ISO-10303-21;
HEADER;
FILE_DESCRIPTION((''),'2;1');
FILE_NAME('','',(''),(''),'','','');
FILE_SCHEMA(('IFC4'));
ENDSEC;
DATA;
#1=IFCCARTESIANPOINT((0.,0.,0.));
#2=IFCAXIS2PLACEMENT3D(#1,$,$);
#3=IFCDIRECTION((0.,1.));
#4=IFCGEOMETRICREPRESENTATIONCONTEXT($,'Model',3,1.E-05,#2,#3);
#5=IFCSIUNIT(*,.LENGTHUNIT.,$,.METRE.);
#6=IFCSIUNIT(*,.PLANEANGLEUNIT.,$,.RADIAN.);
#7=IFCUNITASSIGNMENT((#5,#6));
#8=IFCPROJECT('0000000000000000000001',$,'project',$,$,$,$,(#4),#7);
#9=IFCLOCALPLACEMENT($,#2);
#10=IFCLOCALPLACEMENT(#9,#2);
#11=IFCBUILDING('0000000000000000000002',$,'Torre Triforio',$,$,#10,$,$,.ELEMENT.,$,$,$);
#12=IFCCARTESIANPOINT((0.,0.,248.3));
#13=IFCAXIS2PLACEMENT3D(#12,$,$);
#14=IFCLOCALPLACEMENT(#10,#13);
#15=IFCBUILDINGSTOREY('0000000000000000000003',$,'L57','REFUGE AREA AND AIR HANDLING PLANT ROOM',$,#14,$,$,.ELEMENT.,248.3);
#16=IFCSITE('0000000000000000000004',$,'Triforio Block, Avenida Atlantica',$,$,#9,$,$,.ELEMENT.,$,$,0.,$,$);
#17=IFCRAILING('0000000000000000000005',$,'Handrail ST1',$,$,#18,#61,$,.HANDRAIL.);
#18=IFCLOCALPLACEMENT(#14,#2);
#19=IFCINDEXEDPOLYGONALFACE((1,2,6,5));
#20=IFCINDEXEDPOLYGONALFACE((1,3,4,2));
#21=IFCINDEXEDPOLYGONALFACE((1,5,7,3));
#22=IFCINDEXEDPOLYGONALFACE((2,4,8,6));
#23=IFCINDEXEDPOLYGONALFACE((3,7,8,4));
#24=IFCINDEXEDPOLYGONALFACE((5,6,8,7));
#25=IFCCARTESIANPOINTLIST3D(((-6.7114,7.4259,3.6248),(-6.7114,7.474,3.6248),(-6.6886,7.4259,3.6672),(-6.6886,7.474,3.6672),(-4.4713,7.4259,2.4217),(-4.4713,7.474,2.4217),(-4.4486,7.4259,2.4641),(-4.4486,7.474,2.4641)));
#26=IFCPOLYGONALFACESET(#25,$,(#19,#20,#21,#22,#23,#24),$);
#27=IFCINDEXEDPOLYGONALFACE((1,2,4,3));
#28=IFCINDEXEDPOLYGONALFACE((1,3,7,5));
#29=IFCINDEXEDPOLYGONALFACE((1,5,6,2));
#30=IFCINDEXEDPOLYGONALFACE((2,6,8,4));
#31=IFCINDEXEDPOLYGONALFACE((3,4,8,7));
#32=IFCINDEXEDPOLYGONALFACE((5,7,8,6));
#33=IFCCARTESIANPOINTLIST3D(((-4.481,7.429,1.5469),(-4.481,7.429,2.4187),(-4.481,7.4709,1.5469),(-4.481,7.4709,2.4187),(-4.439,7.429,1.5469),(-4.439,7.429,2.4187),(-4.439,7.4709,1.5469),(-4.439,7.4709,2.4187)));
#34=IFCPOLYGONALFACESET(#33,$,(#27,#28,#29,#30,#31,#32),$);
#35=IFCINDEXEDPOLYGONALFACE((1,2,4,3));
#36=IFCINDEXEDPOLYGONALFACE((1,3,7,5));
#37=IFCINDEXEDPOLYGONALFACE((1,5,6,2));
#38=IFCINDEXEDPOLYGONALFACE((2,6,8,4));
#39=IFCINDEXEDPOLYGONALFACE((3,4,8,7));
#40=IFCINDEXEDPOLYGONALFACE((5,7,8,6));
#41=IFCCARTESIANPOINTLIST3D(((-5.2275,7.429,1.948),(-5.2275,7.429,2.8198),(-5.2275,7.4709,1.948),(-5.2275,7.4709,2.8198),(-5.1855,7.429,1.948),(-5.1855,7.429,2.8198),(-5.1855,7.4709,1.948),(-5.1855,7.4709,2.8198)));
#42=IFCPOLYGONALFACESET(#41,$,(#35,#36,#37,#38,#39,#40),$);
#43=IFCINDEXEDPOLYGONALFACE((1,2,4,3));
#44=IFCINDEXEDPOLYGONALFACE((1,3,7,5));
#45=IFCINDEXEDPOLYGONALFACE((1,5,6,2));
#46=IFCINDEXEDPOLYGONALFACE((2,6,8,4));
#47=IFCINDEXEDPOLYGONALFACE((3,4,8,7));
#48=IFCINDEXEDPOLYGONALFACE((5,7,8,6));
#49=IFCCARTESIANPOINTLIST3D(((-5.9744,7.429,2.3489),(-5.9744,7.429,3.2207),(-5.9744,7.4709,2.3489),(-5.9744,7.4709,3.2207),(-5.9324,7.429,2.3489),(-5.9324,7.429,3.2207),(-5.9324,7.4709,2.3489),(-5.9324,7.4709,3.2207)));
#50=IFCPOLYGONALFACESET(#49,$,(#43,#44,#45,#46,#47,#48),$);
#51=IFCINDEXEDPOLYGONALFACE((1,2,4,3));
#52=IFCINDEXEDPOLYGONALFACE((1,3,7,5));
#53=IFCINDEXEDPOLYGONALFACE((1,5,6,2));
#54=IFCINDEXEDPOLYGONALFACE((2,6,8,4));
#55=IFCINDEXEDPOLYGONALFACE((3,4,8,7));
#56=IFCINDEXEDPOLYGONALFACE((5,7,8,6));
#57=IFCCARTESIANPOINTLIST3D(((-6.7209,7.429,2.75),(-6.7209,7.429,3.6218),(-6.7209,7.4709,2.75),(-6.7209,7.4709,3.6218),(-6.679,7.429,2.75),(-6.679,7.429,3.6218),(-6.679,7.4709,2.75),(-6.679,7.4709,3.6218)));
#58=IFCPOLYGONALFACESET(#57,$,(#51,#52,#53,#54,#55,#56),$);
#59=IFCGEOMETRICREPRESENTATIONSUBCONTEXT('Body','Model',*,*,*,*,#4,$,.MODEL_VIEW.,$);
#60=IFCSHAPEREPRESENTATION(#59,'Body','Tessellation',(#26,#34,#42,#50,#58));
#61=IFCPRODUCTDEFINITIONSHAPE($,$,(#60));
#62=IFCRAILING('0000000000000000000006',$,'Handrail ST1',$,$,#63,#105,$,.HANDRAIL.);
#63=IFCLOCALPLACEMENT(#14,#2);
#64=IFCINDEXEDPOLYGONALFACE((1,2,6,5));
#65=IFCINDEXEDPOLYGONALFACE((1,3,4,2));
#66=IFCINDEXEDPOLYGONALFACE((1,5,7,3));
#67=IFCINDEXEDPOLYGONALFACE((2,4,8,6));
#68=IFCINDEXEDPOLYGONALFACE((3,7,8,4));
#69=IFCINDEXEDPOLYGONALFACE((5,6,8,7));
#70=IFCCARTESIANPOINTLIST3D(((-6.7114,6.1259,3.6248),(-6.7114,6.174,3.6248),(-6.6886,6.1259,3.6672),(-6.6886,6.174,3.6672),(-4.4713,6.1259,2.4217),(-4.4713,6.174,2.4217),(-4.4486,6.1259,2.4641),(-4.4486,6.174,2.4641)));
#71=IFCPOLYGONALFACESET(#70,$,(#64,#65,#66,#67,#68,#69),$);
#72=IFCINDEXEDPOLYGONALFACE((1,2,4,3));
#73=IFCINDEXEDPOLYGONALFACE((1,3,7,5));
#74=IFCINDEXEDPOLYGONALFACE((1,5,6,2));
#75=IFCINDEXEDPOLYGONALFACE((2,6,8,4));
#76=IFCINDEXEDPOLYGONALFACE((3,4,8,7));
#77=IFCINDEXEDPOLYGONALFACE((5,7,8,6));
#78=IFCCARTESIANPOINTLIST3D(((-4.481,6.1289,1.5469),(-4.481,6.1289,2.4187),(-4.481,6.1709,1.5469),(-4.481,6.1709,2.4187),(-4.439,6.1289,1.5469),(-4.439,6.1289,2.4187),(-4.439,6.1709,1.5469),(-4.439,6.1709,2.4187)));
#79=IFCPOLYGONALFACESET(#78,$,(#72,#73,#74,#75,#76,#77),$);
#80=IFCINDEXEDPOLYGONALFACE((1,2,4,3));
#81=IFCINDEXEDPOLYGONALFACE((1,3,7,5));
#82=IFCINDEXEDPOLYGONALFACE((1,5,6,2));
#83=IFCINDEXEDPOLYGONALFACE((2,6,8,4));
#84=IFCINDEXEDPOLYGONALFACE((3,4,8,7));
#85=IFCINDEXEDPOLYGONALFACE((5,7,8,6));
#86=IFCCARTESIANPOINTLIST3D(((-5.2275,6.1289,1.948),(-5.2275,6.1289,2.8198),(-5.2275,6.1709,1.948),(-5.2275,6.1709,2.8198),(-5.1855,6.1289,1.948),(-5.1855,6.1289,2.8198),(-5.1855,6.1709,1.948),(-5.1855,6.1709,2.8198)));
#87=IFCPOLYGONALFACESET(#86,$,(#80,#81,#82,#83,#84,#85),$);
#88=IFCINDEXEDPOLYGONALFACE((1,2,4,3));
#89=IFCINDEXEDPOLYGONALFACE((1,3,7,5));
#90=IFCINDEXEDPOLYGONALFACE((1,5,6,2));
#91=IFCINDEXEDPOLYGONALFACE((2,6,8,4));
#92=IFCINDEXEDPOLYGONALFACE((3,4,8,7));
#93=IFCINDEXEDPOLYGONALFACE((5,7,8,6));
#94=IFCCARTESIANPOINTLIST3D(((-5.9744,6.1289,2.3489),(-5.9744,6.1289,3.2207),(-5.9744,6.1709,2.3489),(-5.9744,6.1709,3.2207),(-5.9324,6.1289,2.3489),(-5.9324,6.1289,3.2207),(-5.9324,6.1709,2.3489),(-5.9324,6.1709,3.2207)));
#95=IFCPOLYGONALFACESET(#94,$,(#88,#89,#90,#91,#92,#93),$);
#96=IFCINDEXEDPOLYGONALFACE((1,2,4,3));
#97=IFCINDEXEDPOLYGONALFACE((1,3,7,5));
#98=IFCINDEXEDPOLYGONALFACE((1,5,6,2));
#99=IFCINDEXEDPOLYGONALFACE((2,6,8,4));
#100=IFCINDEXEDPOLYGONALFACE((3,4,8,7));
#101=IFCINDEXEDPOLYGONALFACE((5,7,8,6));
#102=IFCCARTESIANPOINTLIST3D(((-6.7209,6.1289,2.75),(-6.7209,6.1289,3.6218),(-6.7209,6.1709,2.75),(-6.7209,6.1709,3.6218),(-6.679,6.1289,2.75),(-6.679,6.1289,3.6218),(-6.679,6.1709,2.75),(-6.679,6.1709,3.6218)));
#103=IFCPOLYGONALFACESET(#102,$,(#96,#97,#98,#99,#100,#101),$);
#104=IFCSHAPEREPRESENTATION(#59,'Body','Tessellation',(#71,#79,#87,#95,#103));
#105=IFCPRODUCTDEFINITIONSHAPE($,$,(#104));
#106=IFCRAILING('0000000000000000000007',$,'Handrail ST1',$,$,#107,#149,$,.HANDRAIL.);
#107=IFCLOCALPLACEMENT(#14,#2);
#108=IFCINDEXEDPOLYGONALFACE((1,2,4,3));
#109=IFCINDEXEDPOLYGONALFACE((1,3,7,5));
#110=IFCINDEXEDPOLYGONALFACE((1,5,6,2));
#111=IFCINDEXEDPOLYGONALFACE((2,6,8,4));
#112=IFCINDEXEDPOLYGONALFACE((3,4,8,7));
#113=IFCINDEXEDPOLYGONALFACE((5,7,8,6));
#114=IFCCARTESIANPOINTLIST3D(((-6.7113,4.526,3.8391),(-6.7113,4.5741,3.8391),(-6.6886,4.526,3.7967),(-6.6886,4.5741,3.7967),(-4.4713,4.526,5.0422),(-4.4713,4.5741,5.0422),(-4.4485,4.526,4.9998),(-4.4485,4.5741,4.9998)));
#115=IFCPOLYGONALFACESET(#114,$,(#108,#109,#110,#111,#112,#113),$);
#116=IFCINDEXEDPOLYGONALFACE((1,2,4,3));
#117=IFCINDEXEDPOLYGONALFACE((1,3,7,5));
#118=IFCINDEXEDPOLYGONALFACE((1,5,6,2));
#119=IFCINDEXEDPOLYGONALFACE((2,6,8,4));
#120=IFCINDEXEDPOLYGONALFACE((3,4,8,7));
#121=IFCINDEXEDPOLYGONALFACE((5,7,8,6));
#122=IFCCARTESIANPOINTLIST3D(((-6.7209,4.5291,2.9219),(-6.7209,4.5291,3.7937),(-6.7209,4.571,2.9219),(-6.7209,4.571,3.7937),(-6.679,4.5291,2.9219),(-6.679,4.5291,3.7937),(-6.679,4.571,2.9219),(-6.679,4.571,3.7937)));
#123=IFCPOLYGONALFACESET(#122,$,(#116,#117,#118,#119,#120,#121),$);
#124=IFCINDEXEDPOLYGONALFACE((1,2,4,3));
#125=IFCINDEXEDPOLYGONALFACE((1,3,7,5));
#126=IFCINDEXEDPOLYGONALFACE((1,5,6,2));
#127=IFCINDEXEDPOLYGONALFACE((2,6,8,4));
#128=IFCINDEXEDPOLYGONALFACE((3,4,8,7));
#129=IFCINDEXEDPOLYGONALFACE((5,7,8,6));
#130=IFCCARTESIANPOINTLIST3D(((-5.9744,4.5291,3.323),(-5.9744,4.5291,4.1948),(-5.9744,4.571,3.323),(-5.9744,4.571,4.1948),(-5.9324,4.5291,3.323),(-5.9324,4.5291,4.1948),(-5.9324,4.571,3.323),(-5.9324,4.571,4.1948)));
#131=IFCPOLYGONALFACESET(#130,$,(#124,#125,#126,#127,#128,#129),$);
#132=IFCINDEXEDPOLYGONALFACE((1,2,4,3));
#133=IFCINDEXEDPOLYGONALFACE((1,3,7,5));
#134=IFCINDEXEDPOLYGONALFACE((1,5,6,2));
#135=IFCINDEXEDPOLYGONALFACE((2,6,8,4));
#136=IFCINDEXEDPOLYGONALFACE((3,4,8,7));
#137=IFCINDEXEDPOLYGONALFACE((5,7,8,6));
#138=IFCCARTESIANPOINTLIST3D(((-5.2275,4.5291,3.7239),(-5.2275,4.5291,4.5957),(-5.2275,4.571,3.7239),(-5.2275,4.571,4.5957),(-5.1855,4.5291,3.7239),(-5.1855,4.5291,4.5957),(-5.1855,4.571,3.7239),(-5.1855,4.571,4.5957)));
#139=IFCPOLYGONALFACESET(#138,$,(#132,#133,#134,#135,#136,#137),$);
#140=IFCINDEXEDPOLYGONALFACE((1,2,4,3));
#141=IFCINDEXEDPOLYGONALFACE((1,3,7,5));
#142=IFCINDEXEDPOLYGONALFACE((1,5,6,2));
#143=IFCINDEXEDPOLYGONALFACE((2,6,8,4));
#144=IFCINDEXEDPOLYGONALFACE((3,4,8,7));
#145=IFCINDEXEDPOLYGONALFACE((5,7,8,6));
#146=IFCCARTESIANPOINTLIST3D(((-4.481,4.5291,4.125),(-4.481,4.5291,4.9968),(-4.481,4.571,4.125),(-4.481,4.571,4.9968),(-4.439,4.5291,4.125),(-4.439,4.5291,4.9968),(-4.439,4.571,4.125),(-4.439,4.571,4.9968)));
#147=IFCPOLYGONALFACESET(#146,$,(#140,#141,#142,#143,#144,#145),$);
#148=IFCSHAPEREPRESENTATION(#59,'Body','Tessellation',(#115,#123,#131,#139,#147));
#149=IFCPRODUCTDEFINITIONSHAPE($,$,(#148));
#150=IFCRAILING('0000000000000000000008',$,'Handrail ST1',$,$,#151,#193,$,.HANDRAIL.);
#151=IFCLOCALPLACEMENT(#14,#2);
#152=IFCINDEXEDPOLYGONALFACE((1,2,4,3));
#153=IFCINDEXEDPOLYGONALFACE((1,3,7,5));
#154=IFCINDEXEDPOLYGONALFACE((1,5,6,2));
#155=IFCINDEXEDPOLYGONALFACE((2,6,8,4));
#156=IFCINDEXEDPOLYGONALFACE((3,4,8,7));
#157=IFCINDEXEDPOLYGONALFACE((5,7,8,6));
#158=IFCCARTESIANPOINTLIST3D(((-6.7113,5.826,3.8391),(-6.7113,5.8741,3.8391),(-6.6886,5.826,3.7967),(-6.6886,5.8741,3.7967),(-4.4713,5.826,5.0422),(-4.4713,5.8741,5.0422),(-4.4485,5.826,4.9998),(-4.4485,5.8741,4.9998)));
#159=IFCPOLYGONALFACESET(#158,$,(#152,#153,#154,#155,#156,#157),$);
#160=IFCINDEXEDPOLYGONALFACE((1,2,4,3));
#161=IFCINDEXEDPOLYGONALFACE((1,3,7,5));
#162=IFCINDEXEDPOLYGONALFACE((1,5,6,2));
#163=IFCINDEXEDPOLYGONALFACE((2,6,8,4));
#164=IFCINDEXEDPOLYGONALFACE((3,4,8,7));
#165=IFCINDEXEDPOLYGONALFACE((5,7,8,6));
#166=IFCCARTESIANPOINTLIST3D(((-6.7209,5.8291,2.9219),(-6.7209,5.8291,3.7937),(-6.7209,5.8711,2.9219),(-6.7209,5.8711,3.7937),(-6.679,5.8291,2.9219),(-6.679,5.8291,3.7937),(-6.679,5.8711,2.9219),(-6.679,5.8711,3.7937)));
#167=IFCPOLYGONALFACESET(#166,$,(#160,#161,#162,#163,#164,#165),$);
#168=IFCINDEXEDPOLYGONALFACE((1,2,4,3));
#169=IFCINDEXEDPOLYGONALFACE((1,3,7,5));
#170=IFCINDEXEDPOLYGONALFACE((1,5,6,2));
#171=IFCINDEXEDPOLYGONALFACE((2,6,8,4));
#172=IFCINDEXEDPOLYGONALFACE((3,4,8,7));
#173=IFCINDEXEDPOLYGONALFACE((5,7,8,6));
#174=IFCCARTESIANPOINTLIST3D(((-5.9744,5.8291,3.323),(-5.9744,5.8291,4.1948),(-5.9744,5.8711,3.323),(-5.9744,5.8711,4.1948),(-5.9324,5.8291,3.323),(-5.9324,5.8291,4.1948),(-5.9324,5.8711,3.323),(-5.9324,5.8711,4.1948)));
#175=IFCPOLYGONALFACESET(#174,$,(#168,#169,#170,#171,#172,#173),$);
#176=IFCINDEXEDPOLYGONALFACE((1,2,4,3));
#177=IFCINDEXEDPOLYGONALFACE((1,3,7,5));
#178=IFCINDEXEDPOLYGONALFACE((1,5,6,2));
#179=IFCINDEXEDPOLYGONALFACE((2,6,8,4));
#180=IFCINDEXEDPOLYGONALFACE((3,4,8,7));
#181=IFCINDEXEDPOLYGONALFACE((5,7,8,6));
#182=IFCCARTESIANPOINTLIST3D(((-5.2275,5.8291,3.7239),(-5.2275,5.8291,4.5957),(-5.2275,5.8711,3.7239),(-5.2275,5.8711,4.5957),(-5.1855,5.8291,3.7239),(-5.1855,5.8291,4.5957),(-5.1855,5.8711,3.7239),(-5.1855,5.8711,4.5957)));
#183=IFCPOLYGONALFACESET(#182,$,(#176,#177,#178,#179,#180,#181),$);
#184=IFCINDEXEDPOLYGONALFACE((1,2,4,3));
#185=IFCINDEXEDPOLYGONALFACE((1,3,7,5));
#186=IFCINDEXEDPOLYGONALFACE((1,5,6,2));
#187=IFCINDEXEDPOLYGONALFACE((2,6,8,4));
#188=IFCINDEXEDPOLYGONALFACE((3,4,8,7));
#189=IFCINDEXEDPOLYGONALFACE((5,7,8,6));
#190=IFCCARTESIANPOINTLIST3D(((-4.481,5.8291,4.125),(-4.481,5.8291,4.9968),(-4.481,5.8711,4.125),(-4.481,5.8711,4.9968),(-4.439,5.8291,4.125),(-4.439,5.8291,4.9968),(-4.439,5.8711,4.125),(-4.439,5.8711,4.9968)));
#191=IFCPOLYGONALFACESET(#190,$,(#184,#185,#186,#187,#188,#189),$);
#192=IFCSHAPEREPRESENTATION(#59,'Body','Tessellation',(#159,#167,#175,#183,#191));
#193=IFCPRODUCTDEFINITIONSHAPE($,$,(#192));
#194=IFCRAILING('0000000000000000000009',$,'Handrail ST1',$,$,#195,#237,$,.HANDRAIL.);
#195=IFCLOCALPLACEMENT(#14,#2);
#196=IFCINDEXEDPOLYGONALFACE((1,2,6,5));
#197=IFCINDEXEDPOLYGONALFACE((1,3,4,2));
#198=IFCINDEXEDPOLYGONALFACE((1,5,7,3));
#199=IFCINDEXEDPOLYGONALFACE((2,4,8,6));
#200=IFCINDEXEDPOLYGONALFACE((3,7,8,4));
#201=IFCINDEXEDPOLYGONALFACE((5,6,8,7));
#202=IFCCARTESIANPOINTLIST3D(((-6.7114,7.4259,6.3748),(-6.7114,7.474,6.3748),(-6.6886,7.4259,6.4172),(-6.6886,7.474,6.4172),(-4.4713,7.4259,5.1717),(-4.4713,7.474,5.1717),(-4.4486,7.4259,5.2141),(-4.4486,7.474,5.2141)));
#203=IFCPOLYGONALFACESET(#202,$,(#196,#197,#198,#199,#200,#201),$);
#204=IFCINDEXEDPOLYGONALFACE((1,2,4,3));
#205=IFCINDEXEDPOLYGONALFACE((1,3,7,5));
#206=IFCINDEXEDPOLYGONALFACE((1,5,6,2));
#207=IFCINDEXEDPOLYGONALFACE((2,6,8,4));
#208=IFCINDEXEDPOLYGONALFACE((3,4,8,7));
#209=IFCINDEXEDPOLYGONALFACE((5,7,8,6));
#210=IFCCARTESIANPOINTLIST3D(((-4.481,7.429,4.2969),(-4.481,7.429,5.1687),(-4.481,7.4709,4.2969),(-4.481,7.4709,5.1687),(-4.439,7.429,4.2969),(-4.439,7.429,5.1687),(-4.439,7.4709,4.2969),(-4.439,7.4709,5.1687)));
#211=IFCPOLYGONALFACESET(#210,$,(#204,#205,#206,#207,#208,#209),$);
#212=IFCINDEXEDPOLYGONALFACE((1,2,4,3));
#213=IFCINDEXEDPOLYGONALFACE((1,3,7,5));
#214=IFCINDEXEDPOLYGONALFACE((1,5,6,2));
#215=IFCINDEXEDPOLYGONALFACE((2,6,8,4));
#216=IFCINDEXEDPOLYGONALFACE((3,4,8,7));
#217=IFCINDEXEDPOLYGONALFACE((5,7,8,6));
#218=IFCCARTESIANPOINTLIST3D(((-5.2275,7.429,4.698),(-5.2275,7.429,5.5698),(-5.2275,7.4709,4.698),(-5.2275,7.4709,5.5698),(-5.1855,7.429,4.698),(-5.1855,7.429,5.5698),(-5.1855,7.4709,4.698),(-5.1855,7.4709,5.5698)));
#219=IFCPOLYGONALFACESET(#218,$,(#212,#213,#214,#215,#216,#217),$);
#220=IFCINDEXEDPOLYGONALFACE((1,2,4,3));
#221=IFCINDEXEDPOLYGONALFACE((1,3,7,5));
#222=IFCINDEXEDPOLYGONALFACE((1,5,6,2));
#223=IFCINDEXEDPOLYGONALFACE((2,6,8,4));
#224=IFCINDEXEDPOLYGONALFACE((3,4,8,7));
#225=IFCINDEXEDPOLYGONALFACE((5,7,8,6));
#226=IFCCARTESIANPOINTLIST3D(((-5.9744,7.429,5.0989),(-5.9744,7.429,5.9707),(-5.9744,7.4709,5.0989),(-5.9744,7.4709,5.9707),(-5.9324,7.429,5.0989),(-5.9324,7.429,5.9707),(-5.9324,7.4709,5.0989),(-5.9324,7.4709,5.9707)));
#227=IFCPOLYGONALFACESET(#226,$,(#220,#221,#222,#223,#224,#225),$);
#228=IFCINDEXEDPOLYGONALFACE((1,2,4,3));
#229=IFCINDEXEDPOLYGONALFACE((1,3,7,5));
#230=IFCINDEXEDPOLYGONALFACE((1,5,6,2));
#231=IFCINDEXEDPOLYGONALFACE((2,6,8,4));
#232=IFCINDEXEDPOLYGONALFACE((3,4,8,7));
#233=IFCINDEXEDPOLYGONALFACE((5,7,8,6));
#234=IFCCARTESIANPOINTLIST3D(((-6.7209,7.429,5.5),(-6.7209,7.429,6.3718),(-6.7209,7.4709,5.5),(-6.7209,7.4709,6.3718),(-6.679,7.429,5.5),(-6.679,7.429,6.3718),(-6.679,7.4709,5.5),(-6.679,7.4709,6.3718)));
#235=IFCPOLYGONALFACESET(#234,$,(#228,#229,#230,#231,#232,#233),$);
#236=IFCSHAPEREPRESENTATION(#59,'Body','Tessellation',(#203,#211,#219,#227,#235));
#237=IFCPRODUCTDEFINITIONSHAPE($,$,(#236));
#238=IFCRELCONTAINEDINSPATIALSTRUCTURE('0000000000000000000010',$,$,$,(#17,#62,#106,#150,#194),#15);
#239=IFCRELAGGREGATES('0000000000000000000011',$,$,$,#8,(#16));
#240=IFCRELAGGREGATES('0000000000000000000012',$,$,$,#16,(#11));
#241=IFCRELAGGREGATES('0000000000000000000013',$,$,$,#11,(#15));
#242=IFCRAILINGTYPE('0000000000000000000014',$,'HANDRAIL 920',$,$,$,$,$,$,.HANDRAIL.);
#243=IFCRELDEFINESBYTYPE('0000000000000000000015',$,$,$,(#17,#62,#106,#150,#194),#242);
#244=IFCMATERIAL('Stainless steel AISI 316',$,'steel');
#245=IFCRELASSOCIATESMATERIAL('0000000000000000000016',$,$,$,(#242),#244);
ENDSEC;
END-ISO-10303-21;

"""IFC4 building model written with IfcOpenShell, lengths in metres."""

from ifc_helpers import new_model, si_unit, direction, frame, origin, origin_2d, place, context, subcontext, project, spatial, rectangle, extrude, material, type_object, element, save


model = new_model("IFC4")

# Units and contexts
model_context = context("Model", 3, precision=1e-05, world=origin(), true_north=direction((0.0, 1.0)))
body_context = subcontext(model_context, "Body", "Model", "MODEL_VIEW")
ifc_project = project(units=[si_unit("LENGTHUNIT", "METRE"), si_unit("PLANEANGLEUNIT", "RADIAN")], contexts=[model_context])

# Site, building, storey
site_placement = place(None, origin())
site = spatial("IfcSite", under=ifc_project, at=site_placement, Name="Triforio Block, Avenida Atlantica", CompositionType="ELEMENT", RefElevation=0.0)
building_placement = place(site_placement, origin())
building = spatial("IfcBuilding", under=site, at=building_placement, Name="Torre Triforio", CompositionType="ELEMENT")
storey_placement = place(building_placement, frame((0.0, 0.0, 248.3)))
storey = spatial("IfcBuildingStorey", under=building, at=storey_placement, Name="L57", Description="REFUGE AREA AND AIR HANDLING PLANT ROOM", CompositionType="ELEMENT", Elevation=248.3)

# Railings
ifc_material_1 = material(Name="Stainless steel AISI 316", Category="steel")
railing_type = type_object("IfcRailingType", Name="HANDRAIL 920", PredefinedType="HANDRAIL", material=ifc_material_1)
for number, where, name in (
    (1, (-4.46, 7.45, 1.5469), "Handrail ST1"),
    (2, (-4.46, 6.1499, 1.5469), "Handrail ST1"),
):
    element("IfcRailing", number, at=place(storey_placement, frame(where)), inside=storey, type_object=railing_type, Name=name, PredefinedType="HANDRAIL", context=body_context, shape_type="SweptSolid", body=[
        extrude(rectangle(XDim=0.0481, YDim=0.0481, at=origin_2d()), frame((0.0, 0.0, 0.896), z_axis=(-0.880967, 0.0, 0.473178), x_axis=(0.0, -1.0, 0.0)), (0.0, 0.0, 1.0), 2.5427),
        extrude(rectangle(XDim=0.042, YDim=0.042, at=origin_2d()), origin(), (0.0, 0.0, 1.0), 0.8718),
        extrude(rectangle(XDim=0.042, YDim=0.042, at=origin_2d()), frame((-0.7466, 0.0, 0.4011)), (0.0, 0.0, 1.0), 0.8718),
        extrude(rectangle(XDim=0.042, YDim=0.042, at=origin_2d()), frame((-1.4934, 0.0, 0.802)), (0.0, 0.0, 1.0), 0.8718),
        extrude(rectangle(XDim=0.042, YDim=0.042, at=origin_2d()), frame((-2.24, 0.0, 1.2031)), (0.0, 0.0, 1.0), 0.8718),
    ])
for number, where, name in (
    (3, (-6.7, 4.55, 2.9219), "Handrail ST1"),
    (4, (-6.7, 5.8501, 2.9219), "Handrail ST1"),
):
    element("IfcRailing", number, at=place(storey_placement, frame(where)), inside=storey, type_object=railing_type, Name=name, PredefinedType="HANDRAIL", context=body_context, shape_type="SweptSolid", body=[
        extrude(rectangle(XDim=0.0481, YDim=0.0481, at=origin_2d()), frame((0.0, 0.0, 0.896), z_axis=(0.880967, 0.0, 0.473178), x_axis=(0.0, 1.0, 0.0)), (0.0, 0.0, 1.0), 2.5427),
        extrude(rectangle(XDim=0.042, YDim=0.042, at=origin_2d()), origin(), (0.0, 0.0, 1.0), 0.8718),
        extrude(rectangle(XDim=0.042, YDim=0.042, at=origin_2d()), frame((0.7466, 0.0, 0.4011)), (0.0, 0.0, 1.0), 0.8718),
        extrude(rectangle(XDim=0.042, YDim=0.042, at=origin_2d()), frame((1.4934, 0.0, 0.802)), (0.0, 0.0, 1.0), 0.8718),
        extrude(rectangle(XDim=0.042, YDim=0.042, at=origin_2d()), frame((2.24, 0.0, 1.2031)), (0.0, 0.0, 1.0), 0.8718),
    ])
for number, where, name in (
    (5, (-4.46, 7.45, 4.2969), "Handrail ST1"),
):
    element("IfcRailing", number, at=place(storey_placement, frame(where)), inside=storey, type_object=railing_type, Name=name, PredefinedType="HANDRAIL", context=body_context, shape_type="SweptSolid", body=[
        extrude(rectangle(XDim=0.0481, YDim=0.0481, at=origin_2d()), frame((0.0, 0.0, 0.896), z_axis=(-0.880967, 0.0, 0.473178), x_axis=(0.0, -1.0, 0.0)), (0.0, 0.0, 1.0), 2.5427),
        extrude(rectangle(XDim=0.042, YDim=0.042, at=origin_2d()), origin(), (0.0, 0.0, 1.0), 0.8718),
        extrude(rectangle(XDim=0.042, YDim=0.042, at=origin_2d()), frame((-0.7466, 0.0, 0.4011)), (0.0, 0.0, 1.0), 0.8718),
        extrude(rectangle(XDim=0.042, YDim=0.042, at=origin_2d()), frame((-1.4934, 0.0, 0.802)), (0.0, 0.0, 1.0), 0.8718),
        extrude(rectangle(XDim=0.042, YDim=0.042, at=origin_2d()), frame((-2.24, 0.0, 1.2031)), (0.0, 0.0, 1.0), 0.8718),
    ])

save(model, "model.ifc")
